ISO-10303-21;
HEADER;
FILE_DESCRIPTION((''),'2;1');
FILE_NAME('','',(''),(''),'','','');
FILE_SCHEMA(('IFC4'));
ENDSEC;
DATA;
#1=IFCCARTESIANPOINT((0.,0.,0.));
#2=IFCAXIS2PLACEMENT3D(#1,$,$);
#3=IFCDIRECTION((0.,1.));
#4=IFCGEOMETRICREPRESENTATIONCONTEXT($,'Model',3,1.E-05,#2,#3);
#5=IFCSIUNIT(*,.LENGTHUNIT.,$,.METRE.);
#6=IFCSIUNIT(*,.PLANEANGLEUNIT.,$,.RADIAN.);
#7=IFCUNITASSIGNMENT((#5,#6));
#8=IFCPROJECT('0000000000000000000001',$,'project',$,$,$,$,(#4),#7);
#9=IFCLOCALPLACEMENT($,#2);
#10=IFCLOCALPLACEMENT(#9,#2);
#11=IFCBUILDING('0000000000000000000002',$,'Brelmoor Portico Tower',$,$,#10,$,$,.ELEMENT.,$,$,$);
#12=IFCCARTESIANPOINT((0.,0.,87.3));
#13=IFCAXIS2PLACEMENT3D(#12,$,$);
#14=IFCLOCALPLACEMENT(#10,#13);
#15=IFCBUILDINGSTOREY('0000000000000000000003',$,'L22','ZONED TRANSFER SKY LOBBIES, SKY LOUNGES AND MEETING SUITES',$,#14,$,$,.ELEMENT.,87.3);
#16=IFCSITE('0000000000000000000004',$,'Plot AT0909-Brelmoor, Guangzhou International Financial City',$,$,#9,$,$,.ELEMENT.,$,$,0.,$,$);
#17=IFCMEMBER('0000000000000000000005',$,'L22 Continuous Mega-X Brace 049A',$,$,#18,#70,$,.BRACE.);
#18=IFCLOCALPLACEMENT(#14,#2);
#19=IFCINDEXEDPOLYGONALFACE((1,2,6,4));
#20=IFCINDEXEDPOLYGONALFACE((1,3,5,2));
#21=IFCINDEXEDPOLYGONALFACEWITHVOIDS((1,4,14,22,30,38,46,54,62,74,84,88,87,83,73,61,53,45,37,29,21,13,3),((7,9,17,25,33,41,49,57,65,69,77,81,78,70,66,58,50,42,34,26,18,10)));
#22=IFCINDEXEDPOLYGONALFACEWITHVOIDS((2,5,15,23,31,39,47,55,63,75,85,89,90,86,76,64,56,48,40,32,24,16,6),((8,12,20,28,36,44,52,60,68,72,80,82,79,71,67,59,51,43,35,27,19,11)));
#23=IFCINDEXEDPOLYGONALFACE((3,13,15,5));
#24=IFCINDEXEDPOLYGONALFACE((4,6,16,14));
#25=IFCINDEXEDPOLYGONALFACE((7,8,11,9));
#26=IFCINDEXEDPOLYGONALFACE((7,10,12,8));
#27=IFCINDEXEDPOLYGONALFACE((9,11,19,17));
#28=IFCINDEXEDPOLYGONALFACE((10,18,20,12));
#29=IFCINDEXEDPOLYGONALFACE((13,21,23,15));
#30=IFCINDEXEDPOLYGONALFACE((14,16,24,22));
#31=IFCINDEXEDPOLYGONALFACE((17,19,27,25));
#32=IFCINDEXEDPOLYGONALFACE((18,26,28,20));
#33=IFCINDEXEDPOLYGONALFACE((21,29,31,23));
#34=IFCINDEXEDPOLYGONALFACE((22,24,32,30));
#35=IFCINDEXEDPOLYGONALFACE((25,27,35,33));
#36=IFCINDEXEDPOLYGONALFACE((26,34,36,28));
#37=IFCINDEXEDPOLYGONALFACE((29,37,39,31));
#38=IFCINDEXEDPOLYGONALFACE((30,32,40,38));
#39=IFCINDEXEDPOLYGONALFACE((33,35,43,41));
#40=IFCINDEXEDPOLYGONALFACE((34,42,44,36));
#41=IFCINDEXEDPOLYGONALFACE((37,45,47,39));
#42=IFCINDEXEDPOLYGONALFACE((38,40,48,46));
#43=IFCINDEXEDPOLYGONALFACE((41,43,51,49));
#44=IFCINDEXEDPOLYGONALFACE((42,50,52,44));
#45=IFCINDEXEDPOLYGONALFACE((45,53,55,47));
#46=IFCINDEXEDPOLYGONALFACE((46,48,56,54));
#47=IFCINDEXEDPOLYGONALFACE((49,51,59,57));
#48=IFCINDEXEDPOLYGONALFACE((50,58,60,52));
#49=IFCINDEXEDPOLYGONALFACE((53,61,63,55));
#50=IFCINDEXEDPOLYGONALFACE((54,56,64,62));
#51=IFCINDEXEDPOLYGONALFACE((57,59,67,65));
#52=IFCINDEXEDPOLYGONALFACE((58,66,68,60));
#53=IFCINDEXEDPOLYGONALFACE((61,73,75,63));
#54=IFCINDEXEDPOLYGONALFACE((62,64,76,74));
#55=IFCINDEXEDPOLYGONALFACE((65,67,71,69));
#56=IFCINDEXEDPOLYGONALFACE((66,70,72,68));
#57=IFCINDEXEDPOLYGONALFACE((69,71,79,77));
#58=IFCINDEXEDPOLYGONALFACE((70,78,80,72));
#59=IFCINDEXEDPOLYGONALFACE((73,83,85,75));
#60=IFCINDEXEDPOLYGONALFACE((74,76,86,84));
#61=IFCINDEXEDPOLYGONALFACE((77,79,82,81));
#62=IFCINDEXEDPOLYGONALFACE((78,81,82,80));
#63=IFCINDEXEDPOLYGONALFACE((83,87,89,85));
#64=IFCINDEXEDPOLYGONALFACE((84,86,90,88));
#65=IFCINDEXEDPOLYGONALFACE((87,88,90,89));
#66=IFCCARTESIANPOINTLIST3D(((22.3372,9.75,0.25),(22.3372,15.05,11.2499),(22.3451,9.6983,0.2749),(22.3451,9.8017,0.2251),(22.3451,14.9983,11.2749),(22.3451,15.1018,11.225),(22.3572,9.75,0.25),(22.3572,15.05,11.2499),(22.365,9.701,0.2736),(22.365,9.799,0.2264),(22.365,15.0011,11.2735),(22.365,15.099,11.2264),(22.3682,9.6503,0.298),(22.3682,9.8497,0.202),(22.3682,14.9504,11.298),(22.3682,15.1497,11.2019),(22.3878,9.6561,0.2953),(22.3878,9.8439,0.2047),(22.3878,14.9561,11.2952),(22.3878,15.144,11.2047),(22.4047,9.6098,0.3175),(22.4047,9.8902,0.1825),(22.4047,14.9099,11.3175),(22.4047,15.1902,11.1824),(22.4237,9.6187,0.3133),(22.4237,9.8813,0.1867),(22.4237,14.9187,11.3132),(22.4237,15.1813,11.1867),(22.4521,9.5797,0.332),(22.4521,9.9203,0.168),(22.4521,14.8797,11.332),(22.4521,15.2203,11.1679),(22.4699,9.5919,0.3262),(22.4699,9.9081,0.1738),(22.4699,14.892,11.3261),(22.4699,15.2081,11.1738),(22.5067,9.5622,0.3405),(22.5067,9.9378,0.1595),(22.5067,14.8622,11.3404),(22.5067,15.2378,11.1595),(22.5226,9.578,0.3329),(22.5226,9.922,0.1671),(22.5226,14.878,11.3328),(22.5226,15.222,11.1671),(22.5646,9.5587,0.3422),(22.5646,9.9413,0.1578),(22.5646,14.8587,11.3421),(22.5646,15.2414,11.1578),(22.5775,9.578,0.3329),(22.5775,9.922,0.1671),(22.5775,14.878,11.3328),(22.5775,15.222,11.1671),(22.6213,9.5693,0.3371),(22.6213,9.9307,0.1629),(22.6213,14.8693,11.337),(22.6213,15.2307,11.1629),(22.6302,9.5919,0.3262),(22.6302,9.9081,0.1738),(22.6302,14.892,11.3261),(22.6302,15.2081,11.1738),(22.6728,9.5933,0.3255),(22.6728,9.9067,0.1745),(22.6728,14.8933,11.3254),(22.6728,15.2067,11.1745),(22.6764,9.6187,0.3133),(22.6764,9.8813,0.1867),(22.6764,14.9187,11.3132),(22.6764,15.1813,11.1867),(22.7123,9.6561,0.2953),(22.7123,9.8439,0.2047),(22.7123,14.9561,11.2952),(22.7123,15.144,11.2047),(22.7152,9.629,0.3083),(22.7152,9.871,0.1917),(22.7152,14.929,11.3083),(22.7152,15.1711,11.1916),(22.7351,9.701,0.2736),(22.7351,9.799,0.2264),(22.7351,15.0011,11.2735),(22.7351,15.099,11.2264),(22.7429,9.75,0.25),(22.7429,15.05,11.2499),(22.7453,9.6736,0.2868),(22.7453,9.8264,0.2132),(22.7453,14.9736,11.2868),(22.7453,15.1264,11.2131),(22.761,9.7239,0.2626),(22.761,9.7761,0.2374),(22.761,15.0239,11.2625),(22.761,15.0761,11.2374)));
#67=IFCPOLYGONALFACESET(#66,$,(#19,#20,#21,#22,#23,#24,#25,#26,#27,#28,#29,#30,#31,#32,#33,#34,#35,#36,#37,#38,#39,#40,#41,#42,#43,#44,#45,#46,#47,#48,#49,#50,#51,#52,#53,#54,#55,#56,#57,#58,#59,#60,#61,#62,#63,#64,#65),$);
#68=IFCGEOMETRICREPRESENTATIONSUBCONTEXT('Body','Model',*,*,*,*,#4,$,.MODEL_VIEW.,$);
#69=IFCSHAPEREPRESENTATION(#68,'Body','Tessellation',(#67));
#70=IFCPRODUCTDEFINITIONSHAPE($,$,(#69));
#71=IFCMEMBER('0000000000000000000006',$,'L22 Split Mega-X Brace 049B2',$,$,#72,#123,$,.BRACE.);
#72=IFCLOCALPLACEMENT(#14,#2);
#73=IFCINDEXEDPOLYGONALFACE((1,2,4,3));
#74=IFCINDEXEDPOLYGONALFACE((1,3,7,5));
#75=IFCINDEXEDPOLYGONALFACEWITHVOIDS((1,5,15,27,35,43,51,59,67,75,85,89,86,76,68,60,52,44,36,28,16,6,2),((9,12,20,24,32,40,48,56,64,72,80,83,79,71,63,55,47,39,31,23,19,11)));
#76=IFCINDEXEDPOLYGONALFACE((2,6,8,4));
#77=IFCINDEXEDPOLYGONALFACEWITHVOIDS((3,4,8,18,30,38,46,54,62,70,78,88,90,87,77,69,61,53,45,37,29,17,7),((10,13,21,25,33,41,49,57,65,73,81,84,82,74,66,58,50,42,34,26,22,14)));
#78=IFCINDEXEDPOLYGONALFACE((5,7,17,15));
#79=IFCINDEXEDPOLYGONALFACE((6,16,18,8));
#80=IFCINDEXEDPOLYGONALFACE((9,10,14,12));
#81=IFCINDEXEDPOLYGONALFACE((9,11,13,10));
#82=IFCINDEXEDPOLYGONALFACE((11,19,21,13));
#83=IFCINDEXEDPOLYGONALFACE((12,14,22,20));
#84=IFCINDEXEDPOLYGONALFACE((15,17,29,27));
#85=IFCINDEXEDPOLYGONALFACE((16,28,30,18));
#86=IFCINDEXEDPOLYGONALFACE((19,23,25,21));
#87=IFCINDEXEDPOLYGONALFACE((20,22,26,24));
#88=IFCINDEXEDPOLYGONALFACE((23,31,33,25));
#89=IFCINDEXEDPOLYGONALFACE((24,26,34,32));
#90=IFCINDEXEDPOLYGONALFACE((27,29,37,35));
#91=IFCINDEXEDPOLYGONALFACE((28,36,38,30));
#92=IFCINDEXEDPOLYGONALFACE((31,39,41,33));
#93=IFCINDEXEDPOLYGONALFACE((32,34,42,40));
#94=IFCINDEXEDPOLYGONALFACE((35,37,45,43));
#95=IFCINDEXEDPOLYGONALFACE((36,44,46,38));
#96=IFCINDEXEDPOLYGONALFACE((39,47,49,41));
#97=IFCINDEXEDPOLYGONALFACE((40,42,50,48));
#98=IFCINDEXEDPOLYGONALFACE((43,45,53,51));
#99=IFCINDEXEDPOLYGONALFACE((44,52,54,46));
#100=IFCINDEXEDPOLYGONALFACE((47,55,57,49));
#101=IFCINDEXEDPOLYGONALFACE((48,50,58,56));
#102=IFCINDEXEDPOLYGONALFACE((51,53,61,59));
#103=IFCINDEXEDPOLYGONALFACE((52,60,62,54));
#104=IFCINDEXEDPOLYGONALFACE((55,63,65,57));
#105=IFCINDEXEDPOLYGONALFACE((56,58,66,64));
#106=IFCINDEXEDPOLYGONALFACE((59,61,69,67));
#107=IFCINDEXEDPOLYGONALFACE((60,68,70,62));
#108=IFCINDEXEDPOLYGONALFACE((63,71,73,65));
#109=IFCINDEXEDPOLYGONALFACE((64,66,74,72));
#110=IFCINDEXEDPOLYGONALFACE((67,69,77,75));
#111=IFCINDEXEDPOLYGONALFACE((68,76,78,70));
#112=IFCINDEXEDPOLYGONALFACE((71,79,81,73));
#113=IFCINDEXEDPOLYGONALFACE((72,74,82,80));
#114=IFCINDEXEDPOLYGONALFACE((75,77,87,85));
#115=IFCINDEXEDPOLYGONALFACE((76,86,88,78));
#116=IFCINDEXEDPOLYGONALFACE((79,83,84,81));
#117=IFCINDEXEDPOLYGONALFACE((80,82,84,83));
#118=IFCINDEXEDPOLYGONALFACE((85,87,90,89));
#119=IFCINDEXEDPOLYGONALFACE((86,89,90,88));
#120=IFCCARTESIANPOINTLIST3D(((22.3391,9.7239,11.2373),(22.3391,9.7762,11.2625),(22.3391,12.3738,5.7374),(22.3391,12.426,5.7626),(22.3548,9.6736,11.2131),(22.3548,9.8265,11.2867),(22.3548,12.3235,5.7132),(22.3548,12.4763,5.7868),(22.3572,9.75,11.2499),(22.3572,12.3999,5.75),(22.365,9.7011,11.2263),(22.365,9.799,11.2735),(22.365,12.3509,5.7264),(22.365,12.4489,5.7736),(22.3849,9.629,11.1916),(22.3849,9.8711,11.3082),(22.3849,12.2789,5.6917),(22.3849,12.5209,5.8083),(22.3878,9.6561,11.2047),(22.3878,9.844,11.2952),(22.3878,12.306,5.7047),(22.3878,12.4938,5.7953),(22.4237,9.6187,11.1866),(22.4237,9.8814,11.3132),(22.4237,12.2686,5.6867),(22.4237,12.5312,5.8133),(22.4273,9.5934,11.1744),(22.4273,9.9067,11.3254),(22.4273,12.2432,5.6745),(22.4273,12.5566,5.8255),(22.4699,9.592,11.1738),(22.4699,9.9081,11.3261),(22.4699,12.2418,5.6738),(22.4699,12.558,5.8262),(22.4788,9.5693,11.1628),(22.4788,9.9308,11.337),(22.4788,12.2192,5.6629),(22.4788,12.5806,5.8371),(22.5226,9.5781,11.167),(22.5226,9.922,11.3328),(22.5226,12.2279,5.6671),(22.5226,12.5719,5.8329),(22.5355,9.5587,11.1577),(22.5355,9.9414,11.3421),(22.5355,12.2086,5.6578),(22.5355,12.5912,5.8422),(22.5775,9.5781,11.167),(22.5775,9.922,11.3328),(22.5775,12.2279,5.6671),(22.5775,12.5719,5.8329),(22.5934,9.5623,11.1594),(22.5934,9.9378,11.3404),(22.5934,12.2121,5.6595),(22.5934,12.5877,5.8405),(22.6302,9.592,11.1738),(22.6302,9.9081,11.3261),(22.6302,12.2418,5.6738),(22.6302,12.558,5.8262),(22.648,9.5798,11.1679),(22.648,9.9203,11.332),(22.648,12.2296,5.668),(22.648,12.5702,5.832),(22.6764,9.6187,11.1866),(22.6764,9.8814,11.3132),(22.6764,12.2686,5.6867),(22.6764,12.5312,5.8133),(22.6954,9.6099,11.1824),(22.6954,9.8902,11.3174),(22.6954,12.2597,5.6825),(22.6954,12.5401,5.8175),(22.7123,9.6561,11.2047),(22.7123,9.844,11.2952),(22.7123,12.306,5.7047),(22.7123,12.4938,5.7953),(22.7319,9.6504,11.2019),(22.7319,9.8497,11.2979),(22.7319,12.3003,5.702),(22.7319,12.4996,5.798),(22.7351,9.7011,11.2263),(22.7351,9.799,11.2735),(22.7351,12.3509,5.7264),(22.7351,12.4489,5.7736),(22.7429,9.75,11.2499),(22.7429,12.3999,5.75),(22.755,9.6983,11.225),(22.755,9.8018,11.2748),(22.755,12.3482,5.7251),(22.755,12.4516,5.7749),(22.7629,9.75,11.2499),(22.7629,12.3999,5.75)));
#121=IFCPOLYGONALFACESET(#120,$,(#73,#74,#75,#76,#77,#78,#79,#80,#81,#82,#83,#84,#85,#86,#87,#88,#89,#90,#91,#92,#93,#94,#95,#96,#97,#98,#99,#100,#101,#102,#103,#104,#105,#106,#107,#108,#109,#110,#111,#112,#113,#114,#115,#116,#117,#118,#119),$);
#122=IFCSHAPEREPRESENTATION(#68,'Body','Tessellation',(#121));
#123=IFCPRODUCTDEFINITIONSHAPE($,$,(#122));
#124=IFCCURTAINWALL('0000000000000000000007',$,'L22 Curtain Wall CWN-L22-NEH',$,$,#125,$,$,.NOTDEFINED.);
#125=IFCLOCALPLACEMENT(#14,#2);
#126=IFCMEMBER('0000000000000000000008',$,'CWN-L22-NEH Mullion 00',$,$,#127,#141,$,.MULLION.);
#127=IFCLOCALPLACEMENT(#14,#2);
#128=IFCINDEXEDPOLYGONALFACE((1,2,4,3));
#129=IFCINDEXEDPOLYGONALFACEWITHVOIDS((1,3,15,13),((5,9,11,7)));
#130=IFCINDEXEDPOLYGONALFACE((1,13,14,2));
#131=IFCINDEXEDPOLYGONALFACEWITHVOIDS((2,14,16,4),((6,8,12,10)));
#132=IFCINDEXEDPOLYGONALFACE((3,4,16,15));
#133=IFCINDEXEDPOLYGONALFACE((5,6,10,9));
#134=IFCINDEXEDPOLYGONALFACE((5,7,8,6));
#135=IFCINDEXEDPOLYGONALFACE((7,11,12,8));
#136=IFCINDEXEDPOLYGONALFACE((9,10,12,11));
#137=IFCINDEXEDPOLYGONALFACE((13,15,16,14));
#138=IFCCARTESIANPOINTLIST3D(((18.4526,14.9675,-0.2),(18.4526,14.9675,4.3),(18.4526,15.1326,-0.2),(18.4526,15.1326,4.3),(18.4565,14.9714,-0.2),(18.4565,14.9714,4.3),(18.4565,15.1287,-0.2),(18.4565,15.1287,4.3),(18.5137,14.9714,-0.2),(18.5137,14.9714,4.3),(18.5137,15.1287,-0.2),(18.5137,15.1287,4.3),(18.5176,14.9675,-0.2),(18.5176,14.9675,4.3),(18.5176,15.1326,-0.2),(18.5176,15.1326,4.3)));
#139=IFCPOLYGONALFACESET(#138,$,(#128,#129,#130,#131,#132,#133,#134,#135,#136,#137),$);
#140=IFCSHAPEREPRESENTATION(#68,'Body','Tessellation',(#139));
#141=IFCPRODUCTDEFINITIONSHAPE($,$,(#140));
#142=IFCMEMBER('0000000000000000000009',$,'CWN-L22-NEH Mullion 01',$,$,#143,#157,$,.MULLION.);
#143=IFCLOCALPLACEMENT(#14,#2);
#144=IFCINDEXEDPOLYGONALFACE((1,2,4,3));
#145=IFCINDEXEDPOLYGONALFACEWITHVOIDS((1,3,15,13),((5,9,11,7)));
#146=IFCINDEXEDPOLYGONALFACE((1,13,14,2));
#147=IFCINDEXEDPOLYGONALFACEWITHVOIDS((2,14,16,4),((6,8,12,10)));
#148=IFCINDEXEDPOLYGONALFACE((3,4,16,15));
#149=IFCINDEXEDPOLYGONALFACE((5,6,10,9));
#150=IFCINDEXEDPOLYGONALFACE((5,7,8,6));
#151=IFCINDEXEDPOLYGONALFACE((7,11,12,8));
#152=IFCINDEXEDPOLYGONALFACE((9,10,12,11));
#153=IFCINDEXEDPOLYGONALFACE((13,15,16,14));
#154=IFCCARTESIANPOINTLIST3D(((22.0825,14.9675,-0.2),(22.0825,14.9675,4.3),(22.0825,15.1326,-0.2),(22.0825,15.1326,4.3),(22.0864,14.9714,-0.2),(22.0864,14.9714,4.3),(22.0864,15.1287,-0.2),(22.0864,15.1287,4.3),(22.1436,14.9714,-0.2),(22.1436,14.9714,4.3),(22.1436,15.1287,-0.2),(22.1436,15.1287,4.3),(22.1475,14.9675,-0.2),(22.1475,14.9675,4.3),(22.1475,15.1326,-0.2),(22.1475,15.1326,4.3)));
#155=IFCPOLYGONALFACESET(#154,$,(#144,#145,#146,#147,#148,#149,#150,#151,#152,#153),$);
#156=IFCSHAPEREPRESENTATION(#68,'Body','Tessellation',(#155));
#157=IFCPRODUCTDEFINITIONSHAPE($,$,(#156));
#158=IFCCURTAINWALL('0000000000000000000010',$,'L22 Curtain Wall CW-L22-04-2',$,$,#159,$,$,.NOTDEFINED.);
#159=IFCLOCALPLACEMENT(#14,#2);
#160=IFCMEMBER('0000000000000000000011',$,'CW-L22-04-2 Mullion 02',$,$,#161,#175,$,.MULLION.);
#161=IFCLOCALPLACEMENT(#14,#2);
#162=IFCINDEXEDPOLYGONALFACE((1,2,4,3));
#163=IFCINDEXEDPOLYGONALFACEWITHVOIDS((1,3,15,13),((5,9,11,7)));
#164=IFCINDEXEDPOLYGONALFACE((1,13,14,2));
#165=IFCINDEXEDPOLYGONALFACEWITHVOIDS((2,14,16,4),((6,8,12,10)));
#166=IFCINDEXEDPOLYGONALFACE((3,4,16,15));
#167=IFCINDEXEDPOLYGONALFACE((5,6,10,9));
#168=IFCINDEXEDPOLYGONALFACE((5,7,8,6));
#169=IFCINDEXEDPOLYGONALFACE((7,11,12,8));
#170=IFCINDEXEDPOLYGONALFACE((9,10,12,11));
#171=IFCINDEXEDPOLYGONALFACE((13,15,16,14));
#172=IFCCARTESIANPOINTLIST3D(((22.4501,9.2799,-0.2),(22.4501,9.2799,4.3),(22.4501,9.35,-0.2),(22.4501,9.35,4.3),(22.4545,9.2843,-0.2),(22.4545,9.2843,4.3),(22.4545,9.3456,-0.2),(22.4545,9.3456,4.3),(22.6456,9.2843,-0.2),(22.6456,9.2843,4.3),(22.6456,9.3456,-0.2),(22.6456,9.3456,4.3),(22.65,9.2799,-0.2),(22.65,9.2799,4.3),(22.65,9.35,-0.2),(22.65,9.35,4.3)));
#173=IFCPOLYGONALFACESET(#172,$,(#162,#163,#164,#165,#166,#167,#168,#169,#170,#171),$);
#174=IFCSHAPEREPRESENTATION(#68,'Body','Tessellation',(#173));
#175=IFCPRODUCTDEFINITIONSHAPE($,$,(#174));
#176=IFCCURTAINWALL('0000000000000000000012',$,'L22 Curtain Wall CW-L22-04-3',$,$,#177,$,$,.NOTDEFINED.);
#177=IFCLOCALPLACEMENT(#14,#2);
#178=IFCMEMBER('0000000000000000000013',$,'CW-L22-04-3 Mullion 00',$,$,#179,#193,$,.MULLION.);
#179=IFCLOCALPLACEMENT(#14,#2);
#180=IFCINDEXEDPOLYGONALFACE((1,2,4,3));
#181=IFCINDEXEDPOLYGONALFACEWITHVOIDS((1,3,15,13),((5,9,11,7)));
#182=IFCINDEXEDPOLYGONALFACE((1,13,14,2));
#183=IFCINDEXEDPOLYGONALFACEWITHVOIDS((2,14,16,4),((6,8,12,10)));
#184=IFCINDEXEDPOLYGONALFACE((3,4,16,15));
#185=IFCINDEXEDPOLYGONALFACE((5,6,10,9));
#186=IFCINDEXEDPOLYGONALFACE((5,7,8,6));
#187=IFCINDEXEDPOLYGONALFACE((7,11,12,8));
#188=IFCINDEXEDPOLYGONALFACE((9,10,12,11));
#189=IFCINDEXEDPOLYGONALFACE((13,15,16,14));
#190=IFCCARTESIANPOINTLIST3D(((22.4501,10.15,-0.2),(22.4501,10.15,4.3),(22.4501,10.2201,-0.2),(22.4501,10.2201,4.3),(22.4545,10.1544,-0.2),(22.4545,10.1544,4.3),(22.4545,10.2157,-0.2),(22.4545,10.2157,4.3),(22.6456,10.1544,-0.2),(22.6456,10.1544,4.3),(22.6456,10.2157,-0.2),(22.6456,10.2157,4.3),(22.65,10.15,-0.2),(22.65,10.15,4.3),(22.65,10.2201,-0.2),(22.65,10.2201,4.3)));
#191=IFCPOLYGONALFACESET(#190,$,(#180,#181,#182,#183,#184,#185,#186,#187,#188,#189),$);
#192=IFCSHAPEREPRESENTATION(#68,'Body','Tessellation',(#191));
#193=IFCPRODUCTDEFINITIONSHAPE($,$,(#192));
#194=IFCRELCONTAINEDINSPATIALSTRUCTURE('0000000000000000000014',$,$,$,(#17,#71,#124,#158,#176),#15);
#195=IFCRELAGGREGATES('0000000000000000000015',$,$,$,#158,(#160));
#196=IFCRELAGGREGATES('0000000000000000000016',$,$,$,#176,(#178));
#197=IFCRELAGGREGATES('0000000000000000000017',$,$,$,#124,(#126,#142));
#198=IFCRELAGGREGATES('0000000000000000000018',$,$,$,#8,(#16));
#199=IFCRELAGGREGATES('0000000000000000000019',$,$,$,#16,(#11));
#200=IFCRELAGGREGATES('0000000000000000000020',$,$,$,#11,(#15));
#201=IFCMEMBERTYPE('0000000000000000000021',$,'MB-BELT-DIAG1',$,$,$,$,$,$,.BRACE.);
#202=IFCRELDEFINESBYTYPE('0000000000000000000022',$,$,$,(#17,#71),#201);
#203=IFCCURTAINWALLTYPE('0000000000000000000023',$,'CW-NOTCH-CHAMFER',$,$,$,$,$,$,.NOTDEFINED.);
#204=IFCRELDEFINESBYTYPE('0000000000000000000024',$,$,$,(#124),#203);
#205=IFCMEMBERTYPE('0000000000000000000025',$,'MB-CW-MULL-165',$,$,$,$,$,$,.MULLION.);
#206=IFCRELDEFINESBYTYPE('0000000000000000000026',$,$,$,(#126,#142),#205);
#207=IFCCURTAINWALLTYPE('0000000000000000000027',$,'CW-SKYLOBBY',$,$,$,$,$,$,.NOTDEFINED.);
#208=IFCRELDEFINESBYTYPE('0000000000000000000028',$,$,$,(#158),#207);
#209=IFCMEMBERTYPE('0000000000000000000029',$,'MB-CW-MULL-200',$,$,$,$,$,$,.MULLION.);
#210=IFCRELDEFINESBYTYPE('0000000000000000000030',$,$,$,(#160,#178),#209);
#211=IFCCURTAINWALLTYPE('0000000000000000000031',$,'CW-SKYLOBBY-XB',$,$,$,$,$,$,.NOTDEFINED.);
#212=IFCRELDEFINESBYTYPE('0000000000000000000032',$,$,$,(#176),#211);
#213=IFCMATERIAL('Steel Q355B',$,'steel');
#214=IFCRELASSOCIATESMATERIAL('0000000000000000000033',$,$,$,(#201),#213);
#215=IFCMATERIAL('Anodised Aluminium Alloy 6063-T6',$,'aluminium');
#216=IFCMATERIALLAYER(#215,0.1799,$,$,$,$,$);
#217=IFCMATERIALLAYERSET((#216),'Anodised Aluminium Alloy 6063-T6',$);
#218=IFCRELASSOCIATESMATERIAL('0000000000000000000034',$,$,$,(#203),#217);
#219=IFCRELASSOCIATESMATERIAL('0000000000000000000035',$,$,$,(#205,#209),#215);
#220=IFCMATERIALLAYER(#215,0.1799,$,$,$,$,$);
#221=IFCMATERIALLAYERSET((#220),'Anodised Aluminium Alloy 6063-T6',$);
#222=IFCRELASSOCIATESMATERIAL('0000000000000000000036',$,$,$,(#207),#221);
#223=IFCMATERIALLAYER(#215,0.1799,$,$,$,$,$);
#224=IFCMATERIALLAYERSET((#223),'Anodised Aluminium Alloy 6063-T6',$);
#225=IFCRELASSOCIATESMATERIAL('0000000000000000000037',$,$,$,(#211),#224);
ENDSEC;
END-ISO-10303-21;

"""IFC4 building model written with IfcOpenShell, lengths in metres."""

from ifc_helpers import new_model, si_unit, direction, frame, origin, origin_2d, place, context, subcontext, project, spatial, hollow_rectangle, hollow_circle, extrude, material, layer, layer_set, material_profile, profile_set, type_object, element, aggregate, save


model = new_model("IFC4")

# Units and contexts
model_context = context("Model", 3, precision=1e-05, world=origin(), true_north=direction((0.0, 1.0)))
body_context = subcontext(model_context, "Body", "Model", "MODEL_VIEW")
ifc_project = project(units=[si_unit("LENGTHUNIT", "METRE"), si_unit("PLANEANGLEUNIT", "RADIAN")], contexts=[model_context])

# Site, building, storey
site_placement = place(None, origin())
site = spatial("IfcSite", under=ifc_project, at=site_placement, Name="Plot AT0909-Brelmoor, Guangzhou International Financial City", CompositionType="ELEMENT", RefElevation=0.0)
building_placement = place(site_placement, origin())
building = spatial("IfcBuilding", under=site, at=building_placement, Name="Brelmoor Portico Tower", CompositionType="ELEMENT")
storey_placement = place(building_placement, frame((0.0, 0.0, 87.3)))
storey = spatial("IfcBuildingStorey", under=building, at=storey_placement, Name="L22", Description="ZONED TRANSFER SKY LOBBIES, SKY LOUNGES AND MEETING SUITES", CompositionType="ELEMENT", Elevation=87.3)

# Shared definitions
ifc_material_1 = material(Name="Steel Q355B", Category="steel")

# Members
ifc_material_profile_1 = material_profile(ifc_material_1, hollow_circle(Radius=0.2129, WallThickness=0.02, at=origin_2d()), Name="CHS 426x20")
ifc_profile_set_1 = profile_set([ifc_material_profile_1], Name="Steel Q355B")
member_type_1 = type_object("IfcMemberType", Name="MB-BELT-DIAG1", PredefinedType="BRACE", material=ifc_profile_set_1)
member_1_placement = place(storey_placement, frame((22.55, 9.75, 0.25), z_axis=(0.0, 0.434065, 0.900882), x_axis=(-1.0, 0.0, 0.0)))
element("IfcMember", 1, at=member_1_placement, inside=storey, type_object=member_type_1, Name="L22 Continuous Mega-X Brace 049A", PredefinedType="BRACE", context=body_context, shape_type="SweptSolid", body=[
    extrude(hollow_circle(Radius=0.2129, WallThickness=0.02, at=origin_2d()), origin(), (0.0, 0.0, 1.0), 12.2102),
])
member_2_placement = place(storey_placement, frame((22.55, 12.3999, 5.75), z_axis=(0.0, -0.434049, 0.900889), x_axis=(1.0, 0.0, 0.0)))
element("IfcMember", 2, at=member_2_placement, inside=storey, type_object=member_type_1, Name="L22 Split Mega-X Brace 049B2", PredefinedType="BRACE", context=body_context, shape_type="SweptSolid", body=[
    extrude(hollow_circle(Radius=0.2129, WallThickness=0.02, at=origin_2d()), origin(), (0.0, 0.0, 1.0), 6.105),
])

# Curtain wall, members
ifc_material_2 = material(Name="Anodised Aluminium Alloy 6063-T6", Category="aluminium")
ifc_layer_1 = layer(ifc_material_2, 0.1799)
ifc_layer_set_1 = layer_set([ifc_layer_1], Name="Anodised Aluminium Alloy 6063-T6")
curtain_wall_type_1 = type_object("IfcCurtainWallType", Name="CW-NOTCH-CHAMFER", PredefinedType="NOTDEFINED", material=ifc_layer_set_1)
curtain_wall_1_placement = place(storey_placement, origin())
curtain_wall_1 = element("IfcCurtainWall", 3, at=curtain_wall_1_placement, inside=storey, type_object=curtain_wall_type_1, Name="L22 Curtain Wall CWN-L22-NEH", PredefinedType="NOTDEFINED")
ifc_material_profile_2 = material_profile(ifc_material_2, hollow_rectangle(XDim=0.0649, YDim=0.165, WallThickness=0.0039, at=origin_2d()), Name="ALU MULLION 65x165")
ifc_profile_set_2 = profile_set([ifc_material_profile_2], Name="Anodised Aluminium Alloy 6063-T6")
member_type_2 = type_object("IfcMemberType", Name="MB-CW-MULL-165", PredefinedType="MULLION", material=ifc_profile_set_2)
member_3_placement = place(storey_placement, frame((18.4851, 15.05, -0.2), z_axis=(0.0, 0.0, 1.0), x_axis=(1.0, 0.0, 0.0)))
member_3 = element("IfcMember", 4, at=member_3_placement, type_object=member_type_2, Name="CWN-L22-NEH Mullion 00", PredefinedType="MULLION", context=body_context, shape_type="SweptSolid", body=[
    extrude(hollow_rectangle(XDim=0.0649, YDim=0.165, WallThickness=0.0039, at=origin_2d()), origin(), (0.0, 0.0, 1.0), 4.5),
])
member_4_placement = place(storey_placement, frame((22.115, 15.05, -0.2), z_axis=(0.0, 0.0, 1.0), x_axis=(1.0, 0.0, 0.0)))
member_4 = element("IfcMember", 5, at=member_4_placement, type_object=member_type_2, Name="CWN-L22-NEH Mullion 01", PredefinedType="MULLION", context=body_context, shape_type="SweptSolid", body=[
    extrude(hollow_rectangle(XDim=0.0649, YDim=0.165, WallThickness=0.0039, at=origin_2d()), origin(), (0.0, 0.0, 1.0), 4.5),
])

# Curtain wall, member
ifc_layer_2 = layer(ifc_material_2, 0.1799)
ifc_layer_set_2 = layer_set([ifc_layer_2], Name="Anodised Aluminium Alloy 6063-T6")
curtain_wall_type_2 = type_object("IfcCurtainWallType", Name="CW-SKYLOBBY", PredefinedType="NOTDEFINED", material=ifc_layer_set_2)
curtain_wall_2_placement = place(storey_placement, origin())
curtain_wall_2 = element("IfcCurtainWall", 6, at=curtain_wall_2_placement, inside=storey, type_object=curtain_wall_type_2, Name="L22 Curtain Wall CW-L22-04-2", PredefinedType="NOTDEFINED")
ifc_material_profile_3 = material_profile(ifc_material_2, hollow_rectangle(XDim=0.0701, YDim=0.2, WallThickness=0.0044, at=origin_2d()), Name="ALU MULLION 70x200")
ifc_profile_set_3 = profile_set([ifc_material_profile_3], Name="Anodised Aluminium Alloy 6063-T6")
member_type_3 = type_object("IfcMemberType", Name="MB-CW-MULL-200", PredefinedType="MULLION", material=ifc_profile_set_3)
member_5_placement = place(storey_placement, frame((22.55, 9.3149, -0.2), z_axis=(0.0, 0.0, 1.0), x_axis=(0.0, 1.0, 0.0)))
member_5 = element("IfcMember", 7, at=member_5_placement, type_object=member_type_3, Name="CW-L22-04-2 Mullion 02", PredefinedType="MULLION", context=body_context, shape_type="SweptSolid", body=[
    extrude(hollow_rectangle(XDim=0.0701, YDim=0.2, WallThickness=0.0044, at=origin_2d()), origin(), (0.0, 0.0, 1.0), 4.5),
])

# Curtain wall, member
ifc_layer_3 = layer(ifc_material_2, 0.1799)
ifc_layer_set_3 = layer_set([ifc_layer_3], Name="Anodised Aluminium Alloy 6063-T6")
curtain_wall_type_3 = type_object("IfcCurtainWallType", Name="CW-SKYLOBBY-XB", PredefinedType="NOTDEFINED", material=ifc_layer_set_3)
curtain_wall_3_placement = place(storey_placement, origin())
curtain_wall_3 = element("IfcCurtainWall", 8, at=curtain_wall_3_placement, inside=storey, type_object=curtain_wall_type_3, Name="L22 Curtain Wall CW-L22-04-3", PredefinedType="NOTDEFINED")
member_6_placement = place(storey_placement, frame((22.55, 10.1851, -0.2), z_axis=(0.0, 0.0, 1.0), x_axis=(0.0, 1.0, 0.0)))
member_6 = element("IfcMember", 9, at=member_6_placement, type_object=member_type_3, Name="CW-L22-04-3 Mullion 00", PredefinedType="MULLION", context=body_context, shape_type="SweptSolid", body=[
    extrude(hollow_rectangle(XDim=0.0701, YDim=0.2, WallThickness=0.0044, at=origin_2d()), origin(), (0.0, 0.0, 1.0), 4.5),
])

aggregate(curtain_wall_2, [member_5])
aggregate(curtain_wall_3, [member_6])
aggregate(curtain_wall_1, [member_3, member_4])

save(model, "model.ifc")
